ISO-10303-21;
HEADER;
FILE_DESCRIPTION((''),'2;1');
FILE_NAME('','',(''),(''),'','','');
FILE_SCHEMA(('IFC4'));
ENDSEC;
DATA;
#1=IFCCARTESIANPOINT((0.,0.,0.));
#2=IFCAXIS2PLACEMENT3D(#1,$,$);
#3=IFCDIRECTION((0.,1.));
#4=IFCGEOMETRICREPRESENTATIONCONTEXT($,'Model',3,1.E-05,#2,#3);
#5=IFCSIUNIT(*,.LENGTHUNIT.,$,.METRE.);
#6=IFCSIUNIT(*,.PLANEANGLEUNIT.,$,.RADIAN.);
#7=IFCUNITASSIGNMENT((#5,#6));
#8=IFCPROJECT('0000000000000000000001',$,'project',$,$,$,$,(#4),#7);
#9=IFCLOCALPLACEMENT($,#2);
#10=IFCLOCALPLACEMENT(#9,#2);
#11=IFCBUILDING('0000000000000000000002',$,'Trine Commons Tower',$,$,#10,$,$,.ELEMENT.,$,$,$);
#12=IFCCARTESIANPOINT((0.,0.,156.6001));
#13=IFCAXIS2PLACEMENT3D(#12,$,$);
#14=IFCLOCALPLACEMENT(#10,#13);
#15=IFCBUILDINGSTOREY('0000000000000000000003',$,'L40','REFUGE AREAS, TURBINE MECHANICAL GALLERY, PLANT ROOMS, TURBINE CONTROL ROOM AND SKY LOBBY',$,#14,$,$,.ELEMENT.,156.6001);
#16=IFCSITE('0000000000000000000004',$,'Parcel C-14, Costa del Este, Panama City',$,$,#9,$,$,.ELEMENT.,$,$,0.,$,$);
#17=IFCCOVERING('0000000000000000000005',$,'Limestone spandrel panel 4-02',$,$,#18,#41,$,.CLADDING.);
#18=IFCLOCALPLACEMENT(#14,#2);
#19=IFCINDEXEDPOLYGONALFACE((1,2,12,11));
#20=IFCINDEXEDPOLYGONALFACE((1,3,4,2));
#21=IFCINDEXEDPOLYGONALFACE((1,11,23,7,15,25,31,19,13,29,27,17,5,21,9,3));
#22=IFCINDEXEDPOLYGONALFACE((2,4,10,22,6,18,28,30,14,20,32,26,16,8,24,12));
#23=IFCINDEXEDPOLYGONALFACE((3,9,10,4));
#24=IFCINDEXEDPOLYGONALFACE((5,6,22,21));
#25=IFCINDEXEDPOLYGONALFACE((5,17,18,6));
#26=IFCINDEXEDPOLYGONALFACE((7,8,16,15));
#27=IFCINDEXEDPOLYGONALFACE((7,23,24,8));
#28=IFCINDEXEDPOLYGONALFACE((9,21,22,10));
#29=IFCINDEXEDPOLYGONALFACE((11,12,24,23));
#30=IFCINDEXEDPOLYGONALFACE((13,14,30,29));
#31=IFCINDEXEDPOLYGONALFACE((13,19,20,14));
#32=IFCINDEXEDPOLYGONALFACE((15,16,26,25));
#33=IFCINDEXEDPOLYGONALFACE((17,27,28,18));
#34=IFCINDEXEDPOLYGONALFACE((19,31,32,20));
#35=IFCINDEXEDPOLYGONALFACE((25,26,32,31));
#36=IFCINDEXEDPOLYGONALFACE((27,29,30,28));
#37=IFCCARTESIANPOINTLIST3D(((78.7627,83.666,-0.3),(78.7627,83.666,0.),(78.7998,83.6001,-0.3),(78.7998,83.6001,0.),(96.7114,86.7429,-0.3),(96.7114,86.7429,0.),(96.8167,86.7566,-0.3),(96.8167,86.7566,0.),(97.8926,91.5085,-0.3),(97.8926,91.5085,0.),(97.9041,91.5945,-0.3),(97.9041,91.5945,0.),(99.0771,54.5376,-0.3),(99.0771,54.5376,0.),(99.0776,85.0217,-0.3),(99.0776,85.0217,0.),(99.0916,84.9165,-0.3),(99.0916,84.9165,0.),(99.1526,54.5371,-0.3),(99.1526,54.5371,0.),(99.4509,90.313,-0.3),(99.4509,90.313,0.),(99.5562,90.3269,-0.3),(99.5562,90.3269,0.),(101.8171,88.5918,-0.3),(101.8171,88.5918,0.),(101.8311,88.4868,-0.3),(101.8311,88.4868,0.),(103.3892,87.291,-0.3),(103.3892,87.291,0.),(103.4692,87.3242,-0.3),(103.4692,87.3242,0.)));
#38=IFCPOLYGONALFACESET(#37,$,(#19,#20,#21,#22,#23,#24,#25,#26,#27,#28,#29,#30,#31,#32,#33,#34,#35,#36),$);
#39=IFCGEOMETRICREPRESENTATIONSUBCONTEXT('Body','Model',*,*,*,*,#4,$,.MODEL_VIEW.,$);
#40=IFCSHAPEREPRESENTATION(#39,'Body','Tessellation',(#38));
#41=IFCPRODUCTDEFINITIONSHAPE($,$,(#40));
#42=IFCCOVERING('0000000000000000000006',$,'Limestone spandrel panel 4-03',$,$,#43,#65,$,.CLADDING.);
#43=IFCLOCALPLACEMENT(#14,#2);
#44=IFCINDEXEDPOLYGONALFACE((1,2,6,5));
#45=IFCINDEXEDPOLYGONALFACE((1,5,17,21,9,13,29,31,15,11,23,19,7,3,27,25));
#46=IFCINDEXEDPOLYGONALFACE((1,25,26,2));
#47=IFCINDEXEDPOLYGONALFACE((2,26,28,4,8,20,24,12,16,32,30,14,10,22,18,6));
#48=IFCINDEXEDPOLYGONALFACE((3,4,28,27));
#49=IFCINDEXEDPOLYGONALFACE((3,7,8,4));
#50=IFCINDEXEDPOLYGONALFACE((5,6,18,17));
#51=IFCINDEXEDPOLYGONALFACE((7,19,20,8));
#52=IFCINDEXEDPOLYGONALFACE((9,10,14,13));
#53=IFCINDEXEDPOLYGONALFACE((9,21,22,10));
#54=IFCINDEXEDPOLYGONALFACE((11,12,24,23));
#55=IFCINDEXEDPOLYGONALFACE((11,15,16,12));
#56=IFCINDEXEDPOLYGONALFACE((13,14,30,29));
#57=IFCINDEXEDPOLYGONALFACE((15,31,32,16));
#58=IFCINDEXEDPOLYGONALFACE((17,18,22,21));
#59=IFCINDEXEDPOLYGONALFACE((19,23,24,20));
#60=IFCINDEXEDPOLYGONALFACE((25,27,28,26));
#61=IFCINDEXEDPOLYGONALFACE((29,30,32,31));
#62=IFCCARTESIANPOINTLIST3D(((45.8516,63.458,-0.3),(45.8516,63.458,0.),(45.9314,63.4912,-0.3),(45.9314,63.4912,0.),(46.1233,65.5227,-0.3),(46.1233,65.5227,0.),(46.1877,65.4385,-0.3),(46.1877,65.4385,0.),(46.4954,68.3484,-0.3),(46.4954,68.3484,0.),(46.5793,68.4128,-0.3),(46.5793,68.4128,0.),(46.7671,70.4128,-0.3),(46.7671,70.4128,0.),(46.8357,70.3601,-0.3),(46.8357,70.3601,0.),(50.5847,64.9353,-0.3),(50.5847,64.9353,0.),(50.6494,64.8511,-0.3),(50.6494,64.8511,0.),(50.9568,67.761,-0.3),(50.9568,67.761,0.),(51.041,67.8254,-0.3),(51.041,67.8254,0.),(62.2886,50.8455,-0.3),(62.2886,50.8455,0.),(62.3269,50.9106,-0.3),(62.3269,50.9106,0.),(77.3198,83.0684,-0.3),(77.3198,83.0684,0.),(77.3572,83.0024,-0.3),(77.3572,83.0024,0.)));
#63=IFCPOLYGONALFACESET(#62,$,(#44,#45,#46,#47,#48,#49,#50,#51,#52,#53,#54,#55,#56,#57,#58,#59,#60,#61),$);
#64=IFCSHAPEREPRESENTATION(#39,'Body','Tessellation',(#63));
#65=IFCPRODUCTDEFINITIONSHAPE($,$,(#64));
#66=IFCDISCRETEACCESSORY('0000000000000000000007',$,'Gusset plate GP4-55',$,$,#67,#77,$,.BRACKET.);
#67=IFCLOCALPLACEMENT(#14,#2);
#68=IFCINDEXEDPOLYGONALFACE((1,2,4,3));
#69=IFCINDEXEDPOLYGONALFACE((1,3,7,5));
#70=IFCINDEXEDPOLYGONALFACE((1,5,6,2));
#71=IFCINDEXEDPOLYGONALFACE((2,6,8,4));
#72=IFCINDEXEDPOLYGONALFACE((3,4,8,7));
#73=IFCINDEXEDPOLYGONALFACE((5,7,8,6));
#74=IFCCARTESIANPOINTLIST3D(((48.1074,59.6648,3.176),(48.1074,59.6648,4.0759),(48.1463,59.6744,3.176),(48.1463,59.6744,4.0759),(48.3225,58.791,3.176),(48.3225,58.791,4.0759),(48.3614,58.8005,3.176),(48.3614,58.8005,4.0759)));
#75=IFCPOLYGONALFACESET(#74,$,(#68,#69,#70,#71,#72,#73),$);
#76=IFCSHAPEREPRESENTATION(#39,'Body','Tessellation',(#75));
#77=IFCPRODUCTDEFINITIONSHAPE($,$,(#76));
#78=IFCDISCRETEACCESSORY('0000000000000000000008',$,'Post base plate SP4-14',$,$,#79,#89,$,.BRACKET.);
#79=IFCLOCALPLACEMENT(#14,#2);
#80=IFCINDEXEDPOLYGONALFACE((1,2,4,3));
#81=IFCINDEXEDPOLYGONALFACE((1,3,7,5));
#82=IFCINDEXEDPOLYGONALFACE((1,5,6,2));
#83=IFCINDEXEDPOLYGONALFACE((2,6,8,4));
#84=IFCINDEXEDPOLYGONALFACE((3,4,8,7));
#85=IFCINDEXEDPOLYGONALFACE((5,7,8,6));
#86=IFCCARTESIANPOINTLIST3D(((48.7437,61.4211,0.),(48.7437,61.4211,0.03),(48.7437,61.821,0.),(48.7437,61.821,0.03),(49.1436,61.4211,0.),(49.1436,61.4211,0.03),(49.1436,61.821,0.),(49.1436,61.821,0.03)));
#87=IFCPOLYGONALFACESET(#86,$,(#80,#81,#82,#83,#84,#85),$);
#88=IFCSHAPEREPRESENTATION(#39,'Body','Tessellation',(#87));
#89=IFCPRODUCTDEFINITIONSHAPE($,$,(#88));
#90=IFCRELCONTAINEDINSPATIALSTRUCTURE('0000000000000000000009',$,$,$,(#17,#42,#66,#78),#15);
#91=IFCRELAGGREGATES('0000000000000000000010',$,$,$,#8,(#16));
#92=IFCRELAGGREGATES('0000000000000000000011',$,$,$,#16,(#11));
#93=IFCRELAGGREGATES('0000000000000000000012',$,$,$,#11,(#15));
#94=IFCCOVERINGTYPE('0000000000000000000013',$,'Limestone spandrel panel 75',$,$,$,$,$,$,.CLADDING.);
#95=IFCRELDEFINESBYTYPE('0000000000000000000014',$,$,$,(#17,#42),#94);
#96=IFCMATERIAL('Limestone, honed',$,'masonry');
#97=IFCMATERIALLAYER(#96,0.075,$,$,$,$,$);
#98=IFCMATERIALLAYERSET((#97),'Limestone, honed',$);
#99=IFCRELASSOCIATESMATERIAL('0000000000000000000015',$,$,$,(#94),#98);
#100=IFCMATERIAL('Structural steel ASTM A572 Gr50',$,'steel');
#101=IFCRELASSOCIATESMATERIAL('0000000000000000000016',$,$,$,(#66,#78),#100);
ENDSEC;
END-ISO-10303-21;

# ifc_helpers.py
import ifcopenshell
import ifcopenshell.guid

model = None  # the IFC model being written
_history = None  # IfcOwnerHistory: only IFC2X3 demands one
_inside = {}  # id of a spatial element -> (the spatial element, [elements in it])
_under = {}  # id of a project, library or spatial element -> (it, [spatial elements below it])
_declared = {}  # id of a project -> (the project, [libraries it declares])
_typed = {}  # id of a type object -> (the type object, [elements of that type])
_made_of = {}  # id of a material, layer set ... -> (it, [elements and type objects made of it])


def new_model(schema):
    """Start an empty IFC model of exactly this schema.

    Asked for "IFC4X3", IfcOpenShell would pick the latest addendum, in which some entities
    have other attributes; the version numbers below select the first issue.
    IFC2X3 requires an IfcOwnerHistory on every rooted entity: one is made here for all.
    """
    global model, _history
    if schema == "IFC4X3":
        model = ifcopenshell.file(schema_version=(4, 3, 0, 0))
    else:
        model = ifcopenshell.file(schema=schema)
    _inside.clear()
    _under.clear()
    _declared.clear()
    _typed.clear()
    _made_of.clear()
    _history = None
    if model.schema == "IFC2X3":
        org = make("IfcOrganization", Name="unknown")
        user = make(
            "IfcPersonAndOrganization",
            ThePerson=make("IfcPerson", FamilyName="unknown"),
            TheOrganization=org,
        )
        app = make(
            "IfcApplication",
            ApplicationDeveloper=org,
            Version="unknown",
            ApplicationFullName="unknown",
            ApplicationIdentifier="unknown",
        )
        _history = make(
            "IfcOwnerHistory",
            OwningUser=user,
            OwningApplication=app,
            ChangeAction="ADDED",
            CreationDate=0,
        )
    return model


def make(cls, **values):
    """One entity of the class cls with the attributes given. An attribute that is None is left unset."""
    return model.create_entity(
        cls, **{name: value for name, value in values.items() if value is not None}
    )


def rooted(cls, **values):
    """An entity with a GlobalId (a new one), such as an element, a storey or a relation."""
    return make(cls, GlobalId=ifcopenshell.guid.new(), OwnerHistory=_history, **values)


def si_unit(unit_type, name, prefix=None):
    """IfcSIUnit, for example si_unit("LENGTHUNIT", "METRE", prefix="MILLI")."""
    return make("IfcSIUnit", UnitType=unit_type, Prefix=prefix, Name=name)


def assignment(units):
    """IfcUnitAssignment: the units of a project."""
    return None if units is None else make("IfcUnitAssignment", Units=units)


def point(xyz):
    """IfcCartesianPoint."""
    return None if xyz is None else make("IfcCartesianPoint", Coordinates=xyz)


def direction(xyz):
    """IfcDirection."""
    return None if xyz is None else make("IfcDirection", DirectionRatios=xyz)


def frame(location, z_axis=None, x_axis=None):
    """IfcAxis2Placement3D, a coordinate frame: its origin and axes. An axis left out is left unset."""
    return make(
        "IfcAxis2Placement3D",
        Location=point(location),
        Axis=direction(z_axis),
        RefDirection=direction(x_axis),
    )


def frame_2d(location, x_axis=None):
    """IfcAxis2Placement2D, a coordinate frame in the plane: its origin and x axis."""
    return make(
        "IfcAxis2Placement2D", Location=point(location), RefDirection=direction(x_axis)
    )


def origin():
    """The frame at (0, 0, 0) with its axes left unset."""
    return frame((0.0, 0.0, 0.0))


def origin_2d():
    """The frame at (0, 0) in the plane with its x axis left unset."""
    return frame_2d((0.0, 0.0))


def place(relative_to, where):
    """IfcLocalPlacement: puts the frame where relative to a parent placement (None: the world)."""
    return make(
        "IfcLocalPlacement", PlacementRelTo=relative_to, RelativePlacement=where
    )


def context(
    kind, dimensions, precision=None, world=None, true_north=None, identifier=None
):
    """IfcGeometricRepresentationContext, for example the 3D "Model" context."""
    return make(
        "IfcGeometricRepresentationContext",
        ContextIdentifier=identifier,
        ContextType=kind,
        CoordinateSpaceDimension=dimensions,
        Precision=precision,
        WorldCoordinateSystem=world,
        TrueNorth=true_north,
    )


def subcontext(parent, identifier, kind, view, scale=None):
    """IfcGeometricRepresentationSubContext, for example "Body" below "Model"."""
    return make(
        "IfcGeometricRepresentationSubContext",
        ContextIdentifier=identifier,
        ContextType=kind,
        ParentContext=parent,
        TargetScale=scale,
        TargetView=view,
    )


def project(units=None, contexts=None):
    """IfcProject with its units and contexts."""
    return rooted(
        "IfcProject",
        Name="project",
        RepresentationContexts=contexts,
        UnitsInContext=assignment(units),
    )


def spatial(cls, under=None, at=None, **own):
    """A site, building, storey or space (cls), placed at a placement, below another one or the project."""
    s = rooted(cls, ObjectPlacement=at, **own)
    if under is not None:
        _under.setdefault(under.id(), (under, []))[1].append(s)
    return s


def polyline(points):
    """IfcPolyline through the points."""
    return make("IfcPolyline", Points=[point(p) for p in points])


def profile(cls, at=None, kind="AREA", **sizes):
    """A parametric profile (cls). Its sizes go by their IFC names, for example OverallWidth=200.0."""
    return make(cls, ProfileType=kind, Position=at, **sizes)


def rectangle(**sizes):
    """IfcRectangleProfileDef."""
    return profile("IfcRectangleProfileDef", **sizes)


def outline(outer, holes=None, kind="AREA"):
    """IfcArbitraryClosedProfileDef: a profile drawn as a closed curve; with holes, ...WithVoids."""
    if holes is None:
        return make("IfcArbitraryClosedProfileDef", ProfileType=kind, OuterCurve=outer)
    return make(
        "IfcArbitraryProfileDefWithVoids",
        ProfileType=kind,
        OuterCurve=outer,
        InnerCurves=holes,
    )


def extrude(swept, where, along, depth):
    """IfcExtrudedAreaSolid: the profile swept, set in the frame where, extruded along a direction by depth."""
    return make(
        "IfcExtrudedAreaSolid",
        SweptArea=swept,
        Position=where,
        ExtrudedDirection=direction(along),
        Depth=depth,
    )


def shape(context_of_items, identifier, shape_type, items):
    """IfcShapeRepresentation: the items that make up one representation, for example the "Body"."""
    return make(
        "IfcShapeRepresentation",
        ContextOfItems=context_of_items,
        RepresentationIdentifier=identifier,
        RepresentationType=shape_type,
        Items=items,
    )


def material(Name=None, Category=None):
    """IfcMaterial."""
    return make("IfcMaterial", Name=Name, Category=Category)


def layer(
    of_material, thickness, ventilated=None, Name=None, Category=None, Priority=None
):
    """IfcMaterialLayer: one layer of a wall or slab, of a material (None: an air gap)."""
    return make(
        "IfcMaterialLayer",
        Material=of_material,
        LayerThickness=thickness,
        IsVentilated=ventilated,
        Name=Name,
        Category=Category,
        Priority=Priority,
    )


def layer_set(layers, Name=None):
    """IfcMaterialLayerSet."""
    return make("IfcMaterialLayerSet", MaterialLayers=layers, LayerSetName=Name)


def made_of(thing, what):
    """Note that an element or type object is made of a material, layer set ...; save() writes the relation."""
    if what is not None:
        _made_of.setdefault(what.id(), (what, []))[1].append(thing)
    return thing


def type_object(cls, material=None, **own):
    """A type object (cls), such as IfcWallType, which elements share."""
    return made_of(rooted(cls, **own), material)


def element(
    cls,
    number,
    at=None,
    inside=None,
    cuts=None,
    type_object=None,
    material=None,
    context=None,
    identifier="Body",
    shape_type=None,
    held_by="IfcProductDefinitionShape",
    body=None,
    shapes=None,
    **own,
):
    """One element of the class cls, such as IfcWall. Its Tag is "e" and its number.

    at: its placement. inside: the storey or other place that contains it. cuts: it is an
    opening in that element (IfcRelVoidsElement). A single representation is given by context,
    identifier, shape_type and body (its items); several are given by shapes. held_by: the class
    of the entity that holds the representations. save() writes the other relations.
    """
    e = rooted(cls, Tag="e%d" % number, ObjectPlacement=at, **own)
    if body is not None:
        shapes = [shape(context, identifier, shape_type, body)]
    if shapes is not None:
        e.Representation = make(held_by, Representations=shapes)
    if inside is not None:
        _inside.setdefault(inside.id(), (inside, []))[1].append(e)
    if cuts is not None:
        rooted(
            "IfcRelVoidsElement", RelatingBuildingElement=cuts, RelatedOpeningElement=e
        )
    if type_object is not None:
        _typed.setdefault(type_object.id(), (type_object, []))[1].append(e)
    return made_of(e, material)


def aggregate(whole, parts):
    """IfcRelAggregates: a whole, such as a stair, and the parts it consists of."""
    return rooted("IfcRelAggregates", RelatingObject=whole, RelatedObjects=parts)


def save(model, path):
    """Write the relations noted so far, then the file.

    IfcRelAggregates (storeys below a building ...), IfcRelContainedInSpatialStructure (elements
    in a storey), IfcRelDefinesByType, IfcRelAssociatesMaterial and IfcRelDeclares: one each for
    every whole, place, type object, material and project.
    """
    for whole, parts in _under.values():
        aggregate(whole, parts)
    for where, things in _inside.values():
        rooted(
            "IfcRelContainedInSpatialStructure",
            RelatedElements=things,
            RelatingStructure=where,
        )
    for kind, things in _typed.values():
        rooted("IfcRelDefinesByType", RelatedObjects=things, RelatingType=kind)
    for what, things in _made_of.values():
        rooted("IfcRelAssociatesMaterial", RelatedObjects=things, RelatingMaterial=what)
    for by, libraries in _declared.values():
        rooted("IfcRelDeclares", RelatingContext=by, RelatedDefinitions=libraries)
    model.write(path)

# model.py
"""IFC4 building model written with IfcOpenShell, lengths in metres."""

from ifc_helpers import new_model, si_unit, direction, frame, origin, origin_2d, place, context, subcontext, project, spatial, polyline, rectangle, outline, extrude, material, layer, layer_set, type_object, element, save


model = new_model("IFC4")

# Units and contexts
model_context = context("Model", 3, precision=1e-05, world=origin(), true_north=direction((0.0, 1.0)))
body_context = subcontext(model_context, "Body", "Model", "MODEL_VIEW")
ifc_project = project(units=[si_unit("LENGTHUNIT", "METRE"), si_unit("PLANEANGLEUNIT", "RADIAN")], contexts=[model_context])

# Site, building, storey
site_placement = place(None, origin())
site = spatial("IfcSite", under=ifc_project, at=site_placement, Name="Parcel C-14, Costa del Este, Panama City", CompositionType="ELEMENT", RefElevation=0.0)
building_placement = place(site_placement, origin())
building = spatial("IfcBuilding", under=site, at=building_placement, Name="Trine Commons Tower", CompositionType="ELEMENT")
storey_placement = place(building_placement, frame((0.0, 0.0, 156.6001)))
storey = spatial("IfcBuildingStorey", under=building, at=storey_placement, Name="L40", Description="REFUGE AREAS, TURBINE MECHANICAL GALLERY, PLANT ROOMS, TURBINE CONTROL ROOM AND SKY LOBBY", CompositionType="ELEMENT", Elevation=156.6001)

# Coverings
ifc_material_1 = material(Name="Limestone, honed", Category="masonry")
ifc_layer_1 = layer(ifc_material_1, 0.075)
ifc_layer_set_1 = layer_set([ifc_layer_1], Name="Limestone, honed")
covering_type_1 = type_object("IfcCoveringType", Name="Limestone spandrel panel 75", PredefinedType="CLADDING", material=ifc_layer_set_1)
covering_1_placement = place(storey_placement, frame((0.0, 0.0, -0.3)))
element("IfcCovering", 1, at=covering_1_placement, inside=storey, type_object=covering_type_1, Name="Limestone spandrel panel 4-02", PredefinedType="CLADDING", context=body_context, shape_type="SweptSolid", body=[
    extrude(outline(polyline([(97.9041, 91.5945), (78.7627, 83.666), (78.7998, 83.6001), (97.8926, 91.5085), (99.4509, 90.313), (96.7114, 86.7429), (99.0916, 84.9165), (101.8311, 88.4868), (103.3892, 87.291), (99.0771, 54.5376), (99.1526, 54.5371), (103.4692, 87.3242), (101.8171, 88.5918), (99.0776, 85.0217), (96.8167, 86.7566), (99.5562, 90.3269), (97.9041, 91.5945)])), origin(), (0.0, 0.0, 1.0), 0.3),
])
covering_2_placement = place(storey_placement, frame((0.0, 0.0, -0.3)))
element("IfcCovering", 2, at=covering_2_placement, inside=storey, type_object=covering_type_1, Name="Limestone spandrel panel 4-03", PredefinedType="CLADDING", context=body_context, shape_type="SweptSolid", body=[
    extrude(outline(polyline([(45.8516, 63.458), (62.2886, 50.8455), (62.3269, 50.9106), (45.9314, 63.4912), (46.1877, 65.4385), (50.6494, 64.8511), (51.041, 67.8254), (46.5793, 68.4128), (46.8357, 70.3601), (77.3572, 83.0024), (77.3198, 83.0684), (46.7671, 70.4128), (46.4954, 68.3484), (50.9568, 67.761), (50.5847, 64.9353), (46.1233, 65.5227), (45.8516, 63.458)])), origin(), (0.0, 0.0, 1.0), 0.3),
])

# Discrete accessories
ifc_material_2 = material(Name="Structural steel ASTM A572 Gr50", Category="steel")
discrete_accessory_1_placement = place(storey_placement, frame((48.2344, 59.2327, 3.176), z_axis=(0.0, 0.0, 1.0), x_axis=(0.239042, -0.971009, 0.0)))
element("IfcDiscreteAccessory", 3, at=discrete_accessory_1_placement, inside=storey, material=ifc_material_2, Name="Gusset plate GP4-55", PredefinedType="BRACKET", context=body_context, shape_type="SweptSolid", body=[
    extrude(rectangle(XDim=0.8999, YDim=0.04, at=origin_2d()), origin(), (0.0, 0.0, 1.0), 0.8999),
])
discrete_accessory_2_placement = place(storey_placement, frame((48.9436, 61.6211, 0.0), z_axis=(0.0, 0.0, 1.0), x_axis=(1.0, 0.0, 0.0)))
element("IfcDiscreteAccessory", 4, at=discrete_accessory_2_placement, inside=storey, material=ifc_material_2, Name="Post base plate SP4-14", PredefinedType="BRACKET", context=body_context, shape_type="SweptSolid", body=[
    extrude(rectangle(XDim=0.3999, YDim=0.3999, at=origin_2d()), origin(), (0.0, 0.0, 1.0), 0.03),
])

save(model, "model.ifc")
